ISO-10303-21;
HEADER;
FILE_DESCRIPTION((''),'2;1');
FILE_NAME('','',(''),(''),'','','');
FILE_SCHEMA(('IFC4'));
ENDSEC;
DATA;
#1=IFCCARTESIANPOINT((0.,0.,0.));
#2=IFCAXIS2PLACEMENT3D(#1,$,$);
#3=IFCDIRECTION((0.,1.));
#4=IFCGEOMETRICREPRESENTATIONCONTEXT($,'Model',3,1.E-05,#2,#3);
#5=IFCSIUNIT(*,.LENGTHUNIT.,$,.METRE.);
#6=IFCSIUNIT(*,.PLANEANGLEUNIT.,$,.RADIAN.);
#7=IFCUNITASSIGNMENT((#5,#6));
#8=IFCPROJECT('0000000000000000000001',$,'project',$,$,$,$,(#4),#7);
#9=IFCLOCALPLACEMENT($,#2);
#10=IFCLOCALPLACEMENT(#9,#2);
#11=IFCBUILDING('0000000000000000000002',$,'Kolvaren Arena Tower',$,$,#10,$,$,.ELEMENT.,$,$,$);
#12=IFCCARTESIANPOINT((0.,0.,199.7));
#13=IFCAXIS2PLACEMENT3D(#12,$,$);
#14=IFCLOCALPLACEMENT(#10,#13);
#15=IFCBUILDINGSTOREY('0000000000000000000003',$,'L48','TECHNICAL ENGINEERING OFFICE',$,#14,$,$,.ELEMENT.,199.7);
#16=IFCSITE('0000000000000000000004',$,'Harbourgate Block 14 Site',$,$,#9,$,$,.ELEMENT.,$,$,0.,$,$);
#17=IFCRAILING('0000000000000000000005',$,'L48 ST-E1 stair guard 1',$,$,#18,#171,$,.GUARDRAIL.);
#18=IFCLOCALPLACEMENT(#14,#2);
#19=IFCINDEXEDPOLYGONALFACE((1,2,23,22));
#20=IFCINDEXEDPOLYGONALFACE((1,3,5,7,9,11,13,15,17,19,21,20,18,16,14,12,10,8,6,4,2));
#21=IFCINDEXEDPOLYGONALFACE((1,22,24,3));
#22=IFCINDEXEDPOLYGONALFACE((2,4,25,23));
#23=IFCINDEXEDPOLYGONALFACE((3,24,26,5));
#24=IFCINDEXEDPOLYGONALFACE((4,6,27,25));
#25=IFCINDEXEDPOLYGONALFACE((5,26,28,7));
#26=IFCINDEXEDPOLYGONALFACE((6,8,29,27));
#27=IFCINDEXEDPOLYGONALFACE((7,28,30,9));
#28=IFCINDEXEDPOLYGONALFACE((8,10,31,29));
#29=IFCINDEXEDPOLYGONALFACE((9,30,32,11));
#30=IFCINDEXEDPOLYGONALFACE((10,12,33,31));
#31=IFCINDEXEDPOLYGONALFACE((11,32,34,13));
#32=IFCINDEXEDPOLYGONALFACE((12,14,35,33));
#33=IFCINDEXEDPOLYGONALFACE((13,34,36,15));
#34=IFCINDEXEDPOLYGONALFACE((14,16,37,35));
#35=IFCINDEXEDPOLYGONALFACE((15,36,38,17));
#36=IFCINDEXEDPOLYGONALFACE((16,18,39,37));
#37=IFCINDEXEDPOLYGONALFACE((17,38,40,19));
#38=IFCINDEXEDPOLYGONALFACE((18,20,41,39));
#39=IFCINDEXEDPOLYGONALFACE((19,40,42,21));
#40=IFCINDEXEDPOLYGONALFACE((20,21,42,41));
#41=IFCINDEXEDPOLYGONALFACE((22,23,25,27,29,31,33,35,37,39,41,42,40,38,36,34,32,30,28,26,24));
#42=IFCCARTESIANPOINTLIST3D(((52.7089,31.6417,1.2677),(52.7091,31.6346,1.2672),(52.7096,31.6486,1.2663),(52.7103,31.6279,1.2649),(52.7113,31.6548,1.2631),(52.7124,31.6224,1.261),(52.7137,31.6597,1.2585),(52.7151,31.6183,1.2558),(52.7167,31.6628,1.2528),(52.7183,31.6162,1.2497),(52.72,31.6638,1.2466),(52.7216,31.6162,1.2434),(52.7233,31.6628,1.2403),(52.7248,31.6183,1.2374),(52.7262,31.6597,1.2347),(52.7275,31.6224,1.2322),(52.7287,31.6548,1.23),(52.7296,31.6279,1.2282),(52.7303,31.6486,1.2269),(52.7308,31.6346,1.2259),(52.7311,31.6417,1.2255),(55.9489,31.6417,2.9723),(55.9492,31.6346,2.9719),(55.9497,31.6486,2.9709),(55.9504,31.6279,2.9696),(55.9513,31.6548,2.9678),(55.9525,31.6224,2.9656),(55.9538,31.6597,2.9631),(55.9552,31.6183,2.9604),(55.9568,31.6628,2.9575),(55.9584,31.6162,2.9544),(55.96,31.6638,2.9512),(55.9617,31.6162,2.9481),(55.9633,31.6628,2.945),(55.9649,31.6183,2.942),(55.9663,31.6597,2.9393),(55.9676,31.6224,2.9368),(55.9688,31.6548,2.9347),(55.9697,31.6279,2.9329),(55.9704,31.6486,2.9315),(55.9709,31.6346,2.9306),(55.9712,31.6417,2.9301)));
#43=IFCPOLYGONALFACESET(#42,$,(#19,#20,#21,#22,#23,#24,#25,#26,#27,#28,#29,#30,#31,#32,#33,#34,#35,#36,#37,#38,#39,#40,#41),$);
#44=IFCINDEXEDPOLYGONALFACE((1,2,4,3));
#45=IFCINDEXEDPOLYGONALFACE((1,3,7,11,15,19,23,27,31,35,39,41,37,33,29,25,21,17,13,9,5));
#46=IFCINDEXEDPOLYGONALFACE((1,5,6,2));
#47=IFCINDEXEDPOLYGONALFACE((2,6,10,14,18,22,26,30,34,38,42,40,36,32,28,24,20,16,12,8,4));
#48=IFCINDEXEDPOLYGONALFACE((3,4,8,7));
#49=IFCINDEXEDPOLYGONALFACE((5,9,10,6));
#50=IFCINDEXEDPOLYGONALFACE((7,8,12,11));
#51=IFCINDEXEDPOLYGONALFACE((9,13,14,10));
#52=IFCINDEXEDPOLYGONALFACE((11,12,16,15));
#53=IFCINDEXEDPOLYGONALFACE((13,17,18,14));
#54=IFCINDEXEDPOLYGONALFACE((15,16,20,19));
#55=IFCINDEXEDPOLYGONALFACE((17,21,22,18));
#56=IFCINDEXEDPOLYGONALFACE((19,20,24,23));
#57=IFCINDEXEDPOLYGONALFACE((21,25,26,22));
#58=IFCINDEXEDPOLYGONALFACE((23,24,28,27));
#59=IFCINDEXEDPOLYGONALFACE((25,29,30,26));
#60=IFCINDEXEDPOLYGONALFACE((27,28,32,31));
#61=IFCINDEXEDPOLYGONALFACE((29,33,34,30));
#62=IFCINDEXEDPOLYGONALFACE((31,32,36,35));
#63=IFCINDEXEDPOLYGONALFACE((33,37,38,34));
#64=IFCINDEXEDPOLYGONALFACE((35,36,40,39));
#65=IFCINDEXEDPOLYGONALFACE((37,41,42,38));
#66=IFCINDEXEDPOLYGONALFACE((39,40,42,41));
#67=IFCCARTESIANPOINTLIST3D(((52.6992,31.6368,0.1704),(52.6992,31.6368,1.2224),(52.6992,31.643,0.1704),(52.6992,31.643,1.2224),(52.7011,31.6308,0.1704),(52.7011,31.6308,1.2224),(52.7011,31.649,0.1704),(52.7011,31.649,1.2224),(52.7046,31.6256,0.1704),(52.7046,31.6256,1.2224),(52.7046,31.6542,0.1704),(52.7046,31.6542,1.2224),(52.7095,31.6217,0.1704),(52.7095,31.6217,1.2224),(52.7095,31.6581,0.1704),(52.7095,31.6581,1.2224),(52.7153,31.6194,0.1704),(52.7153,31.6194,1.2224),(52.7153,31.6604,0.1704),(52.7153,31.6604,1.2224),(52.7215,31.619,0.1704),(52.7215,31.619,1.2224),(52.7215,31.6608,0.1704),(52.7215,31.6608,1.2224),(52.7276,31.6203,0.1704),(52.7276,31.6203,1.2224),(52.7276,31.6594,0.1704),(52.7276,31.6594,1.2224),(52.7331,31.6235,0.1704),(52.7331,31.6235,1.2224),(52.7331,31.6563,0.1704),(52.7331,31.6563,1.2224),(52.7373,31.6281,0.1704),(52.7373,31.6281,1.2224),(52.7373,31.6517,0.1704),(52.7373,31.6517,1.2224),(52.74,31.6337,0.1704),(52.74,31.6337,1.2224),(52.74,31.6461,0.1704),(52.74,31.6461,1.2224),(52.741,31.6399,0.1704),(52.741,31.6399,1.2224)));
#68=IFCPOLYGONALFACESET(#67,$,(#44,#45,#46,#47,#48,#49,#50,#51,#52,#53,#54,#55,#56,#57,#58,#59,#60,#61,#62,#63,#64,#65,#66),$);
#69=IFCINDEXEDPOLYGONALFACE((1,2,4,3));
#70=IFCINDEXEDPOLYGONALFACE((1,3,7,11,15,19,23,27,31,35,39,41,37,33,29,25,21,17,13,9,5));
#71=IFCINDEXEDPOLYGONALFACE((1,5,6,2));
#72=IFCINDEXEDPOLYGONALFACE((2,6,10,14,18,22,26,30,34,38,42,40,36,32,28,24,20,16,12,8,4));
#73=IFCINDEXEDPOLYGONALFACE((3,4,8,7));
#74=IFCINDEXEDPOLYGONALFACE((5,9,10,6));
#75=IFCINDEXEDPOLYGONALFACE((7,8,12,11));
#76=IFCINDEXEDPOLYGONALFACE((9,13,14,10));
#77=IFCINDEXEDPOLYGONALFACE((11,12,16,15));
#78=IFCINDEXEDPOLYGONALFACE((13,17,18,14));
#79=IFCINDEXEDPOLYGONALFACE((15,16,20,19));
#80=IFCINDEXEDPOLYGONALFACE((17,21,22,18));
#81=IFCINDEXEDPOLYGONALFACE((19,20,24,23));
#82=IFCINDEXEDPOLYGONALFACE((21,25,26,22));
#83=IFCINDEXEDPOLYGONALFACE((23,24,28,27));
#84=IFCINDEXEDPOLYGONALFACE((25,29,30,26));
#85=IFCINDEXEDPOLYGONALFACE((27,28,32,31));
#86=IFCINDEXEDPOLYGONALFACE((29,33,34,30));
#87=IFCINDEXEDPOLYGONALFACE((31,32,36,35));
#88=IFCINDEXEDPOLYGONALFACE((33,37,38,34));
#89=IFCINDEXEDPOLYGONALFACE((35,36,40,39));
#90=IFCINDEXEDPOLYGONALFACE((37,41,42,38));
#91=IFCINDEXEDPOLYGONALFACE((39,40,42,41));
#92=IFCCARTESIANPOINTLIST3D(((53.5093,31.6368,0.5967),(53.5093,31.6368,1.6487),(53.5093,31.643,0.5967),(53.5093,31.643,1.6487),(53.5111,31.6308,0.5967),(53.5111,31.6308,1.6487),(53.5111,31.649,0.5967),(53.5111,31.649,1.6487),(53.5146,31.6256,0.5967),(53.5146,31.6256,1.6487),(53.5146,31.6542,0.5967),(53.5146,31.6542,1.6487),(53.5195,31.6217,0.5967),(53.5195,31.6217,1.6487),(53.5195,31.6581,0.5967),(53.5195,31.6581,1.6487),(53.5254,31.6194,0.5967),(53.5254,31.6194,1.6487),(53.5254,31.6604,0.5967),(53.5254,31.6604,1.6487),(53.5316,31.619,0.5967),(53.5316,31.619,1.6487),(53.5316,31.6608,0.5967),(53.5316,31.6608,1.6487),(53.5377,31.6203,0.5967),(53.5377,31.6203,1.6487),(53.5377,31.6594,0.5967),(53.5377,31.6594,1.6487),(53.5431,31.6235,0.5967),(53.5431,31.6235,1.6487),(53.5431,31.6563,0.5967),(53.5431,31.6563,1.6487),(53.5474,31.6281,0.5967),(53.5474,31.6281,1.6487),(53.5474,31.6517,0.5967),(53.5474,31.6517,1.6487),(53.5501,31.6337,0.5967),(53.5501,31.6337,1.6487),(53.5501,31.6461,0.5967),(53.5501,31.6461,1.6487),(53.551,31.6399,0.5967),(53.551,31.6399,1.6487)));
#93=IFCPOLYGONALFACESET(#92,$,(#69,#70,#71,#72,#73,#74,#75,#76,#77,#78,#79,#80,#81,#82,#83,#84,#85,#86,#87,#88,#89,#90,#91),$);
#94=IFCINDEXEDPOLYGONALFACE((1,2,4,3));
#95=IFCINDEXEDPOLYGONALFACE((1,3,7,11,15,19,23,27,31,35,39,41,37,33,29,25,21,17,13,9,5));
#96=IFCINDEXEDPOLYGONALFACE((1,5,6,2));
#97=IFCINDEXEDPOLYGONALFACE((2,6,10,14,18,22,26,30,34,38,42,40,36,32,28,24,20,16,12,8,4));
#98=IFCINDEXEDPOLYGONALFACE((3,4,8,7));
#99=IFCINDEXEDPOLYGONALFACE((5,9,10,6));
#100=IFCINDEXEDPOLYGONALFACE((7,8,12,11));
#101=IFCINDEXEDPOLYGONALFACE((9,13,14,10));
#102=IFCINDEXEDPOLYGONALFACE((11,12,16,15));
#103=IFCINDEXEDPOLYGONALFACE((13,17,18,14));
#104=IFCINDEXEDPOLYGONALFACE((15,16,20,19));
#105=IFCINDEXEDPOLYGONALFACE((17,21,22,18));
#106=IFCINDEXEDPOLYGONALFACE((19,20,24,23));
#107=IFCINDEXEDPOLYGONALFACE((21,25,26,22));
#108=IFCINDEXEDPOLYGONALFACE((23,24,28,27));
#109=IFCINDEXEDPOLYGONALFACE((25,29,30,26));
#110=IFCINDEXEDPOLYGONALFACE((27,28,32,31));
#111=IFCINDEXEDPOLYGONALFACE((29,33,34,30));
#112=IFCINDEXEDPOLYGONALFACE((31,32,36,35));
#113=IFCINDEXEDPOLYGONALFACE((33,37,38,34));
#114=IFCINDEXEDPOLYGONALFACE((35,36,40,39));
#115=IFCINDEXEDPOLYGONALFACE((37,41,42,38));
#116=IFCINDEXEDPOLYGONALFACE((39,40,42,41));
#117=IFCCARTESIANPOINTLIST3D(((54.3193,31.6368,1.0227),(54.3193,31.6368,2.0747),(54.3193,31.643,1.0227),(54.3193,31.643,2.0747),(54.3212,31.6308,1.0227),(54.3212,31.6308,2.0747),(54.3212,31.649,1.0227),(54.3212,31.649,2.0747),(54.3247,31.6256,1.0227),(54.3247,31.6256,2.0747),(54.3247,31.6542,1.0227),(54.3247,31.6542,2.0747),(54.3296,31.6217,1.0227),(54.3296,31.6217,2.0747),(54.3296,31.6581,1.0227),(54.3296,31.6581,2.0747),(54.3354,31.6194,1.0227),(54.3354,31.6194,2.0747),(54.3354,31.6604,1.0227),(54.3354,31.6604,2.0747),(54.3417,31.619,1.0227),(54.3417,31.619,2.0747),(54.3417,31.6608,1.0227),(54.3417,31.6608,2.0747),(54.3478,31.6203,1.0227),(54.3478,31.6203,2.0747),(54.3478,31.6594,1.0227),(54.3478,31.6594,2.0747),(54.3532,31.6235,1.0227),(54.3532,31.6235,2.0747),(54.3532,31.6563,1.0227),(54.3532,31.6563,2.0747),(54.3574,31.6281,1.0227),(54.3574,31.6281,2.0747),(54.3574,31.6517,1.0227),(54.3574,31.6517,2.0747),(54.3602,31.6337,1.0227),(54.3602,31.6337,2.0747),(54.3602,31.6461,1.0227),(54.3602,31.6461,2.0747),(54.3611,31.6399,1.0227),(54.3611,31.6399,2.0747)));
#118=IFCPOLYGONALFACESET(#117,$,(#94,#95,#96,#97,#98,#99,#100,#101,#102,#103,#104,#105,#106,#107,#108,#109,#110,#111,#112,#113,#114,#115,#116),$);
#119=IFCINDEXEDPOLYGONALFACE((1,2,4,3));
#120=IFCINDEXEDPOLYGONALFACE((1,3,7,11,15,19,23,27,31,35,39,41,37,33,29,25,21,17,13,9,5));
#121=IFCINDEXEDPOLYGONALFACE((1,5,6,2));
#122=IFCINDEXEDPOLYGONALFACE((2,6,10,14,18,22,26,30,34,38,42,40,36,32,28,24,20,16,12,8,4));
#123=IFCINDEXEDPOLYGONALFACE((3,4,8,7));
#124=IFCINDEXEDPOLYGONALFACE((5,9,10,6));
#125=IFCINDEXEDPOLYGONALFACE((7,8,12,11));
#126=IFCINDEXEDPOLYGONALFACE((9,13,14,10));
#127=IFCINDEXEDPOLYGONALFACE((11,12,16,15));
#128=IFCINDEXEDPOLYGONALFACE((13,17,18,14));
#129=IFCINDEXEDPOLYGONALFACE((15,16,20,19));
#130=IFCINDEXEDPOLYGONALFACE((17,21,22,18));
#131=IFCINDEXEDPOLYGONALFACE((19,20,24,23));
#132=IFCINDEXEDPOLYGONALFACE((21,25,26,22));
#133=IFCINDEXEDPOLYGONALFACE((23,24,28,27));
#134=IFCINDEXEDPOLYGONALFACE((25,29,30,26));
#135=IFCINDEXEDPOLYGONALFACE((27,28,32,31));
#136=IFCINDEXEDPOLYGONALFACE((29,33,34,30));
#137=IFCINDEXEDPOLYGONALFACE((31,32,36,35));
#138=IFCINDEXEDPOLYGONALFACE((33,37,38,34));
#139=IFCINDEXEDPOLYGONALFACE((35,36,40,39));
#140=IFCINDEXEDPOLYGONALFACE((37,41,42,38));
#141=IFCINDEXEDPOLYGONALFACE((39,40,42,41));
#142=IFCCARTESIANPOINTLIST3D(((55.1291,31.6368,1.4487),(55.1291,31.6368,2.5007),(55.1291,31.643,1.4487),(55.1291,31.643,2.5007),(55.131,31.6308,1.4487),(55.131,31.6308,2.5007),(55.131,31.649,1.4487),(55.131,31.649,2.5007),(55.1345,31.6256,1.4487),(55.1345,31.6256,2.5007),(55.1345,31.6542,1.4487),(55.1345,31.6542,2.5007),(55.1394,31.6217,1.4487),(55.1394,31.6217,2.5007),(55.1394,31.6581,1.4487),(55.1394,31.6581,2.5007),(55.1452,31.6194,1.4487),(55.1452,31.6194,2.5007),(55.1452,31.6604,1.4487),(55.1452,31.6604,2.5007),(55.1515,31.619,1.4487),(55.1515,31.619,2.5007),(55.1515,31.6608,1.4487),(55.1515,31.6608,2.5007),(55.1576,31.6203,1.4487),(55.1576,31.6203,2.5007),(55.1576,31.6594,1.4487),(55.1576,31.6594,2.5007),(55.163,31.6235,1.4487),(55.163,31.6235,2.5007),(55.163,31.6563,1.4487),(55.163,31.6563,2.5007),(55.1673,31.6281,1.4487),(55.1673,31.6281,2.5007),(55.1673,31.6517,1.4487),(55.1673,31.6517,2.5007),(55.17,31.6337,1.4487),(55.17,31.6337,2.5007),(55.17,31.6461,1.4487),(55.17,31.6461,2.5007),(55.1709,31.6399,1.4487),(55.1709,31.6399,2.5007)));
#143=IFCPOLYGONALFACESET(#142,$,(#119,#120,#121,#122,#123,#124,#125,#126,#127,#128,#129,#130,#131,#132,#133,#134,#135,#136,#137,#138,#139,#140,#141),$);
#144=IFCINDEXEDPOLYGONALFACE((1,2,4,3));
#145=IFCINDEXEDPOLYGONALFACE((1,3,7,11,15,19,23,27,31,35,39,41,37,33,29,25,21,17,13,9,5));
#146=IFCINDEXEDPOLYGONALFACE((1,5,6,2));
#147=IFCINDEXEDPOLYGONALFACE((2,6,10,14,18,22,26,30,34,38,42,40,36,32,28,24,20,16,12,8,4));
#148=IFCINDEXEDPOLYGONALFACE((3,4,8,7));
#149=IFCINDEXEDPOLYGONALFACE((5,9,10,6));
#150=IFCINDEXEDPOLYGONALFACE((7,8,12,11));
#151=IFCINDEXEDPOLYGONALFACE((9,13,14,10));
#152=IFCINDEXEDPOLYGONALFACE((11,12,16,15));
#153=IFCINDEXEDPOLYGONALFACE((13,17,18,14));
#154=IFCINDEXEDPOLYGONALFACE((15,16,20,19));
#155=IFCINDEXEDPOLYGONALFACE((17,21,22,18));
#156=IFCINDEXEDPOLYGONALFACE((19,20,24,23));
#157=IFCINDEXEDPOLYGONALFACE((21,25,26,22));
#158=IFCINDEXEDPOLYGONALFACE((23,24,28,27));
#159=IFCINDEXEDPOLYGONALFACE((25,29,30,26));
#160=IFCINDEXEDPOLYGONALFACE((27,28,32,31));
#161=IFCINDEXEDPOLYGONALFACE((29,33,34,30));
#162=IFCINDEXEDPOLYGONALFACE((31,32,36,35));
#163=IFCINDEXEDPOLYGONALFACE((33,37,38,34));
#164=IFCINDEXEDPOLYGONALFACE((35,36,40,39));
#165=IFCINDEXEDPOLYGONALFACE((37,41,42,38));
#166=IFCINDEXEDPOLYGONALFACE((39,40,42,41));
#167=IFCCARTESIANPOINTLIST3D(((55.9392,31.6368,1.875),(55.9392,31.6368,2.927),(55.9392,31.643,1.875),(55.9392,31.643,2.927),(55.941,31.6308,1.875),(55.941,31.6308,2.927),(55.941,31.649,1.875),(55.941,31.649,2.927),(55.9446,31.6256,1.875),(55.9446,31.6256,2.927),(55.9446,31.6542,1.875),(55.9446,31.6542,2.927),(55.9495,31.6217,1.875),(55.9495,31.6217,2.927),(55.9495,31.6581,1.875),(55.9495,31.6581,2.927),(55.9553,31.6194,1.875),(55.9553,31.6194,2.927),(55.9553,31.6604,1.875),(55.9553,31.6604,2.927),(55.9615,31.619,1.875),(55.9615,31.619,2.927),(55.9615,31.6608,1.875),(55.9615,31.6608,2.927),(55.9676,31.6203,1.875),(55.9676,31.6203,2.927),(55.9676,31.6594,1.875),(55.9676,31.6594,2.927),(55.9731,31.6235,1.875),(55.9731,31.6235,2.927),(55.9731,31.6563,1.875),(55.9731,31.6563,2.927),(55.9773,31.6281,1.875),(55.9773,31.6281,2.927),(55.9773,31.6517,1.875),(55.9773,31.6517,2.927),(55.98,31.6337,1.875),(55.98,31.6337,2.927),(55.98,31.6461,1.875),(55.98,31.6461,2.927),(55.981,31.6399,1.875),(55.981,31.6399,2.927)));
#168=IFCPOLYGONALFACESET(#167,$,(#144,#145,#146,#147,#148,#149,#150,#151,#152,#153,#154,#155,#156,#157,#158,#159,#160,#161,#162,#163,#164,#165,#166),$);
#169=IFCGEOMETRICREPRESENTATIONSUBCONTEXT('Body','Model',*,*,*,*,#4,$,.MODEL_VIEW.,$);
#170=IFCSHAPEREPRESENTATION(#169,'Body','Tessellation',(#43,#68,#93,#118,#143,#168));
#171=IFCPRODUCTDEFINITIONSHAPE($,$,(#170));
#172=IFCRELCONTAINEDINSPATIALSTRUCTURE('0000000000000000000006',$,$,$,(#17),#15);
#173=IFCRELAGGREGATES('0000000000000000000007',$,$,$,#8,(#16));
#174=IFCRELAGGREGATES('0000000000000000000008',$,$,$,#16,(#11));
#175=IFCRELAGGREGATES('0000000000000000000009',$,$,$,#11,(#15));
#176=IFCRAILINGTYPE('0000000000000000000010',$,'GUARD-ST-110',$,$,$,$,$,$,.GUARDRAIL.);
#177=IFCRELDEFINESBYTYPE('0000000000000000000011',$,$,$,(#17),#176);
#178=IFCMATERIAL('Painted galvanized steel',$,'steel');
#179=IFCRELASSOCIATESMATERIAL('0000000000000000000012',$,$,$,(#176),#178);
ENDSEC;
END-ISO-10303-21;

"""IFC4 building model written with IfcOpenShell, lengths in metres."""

from ifc_helpers import new_model, si_unit, direction, frame, origin, origin_2d, place, context, subcontext, project, spatial, circle, extrude, material, type_object, element, save


model = new_model("IFC4")

# Units and contexts
model_context = context("Model", 3, precision=1e-05, world=origin(), true_north=direction((0.0, 1.0)))
body_context = subcontext(model_context, "Body", "Model", "MODEL_VIEW")
ifc_project = project(units=[si_unit("LENGTHUNIT", "METRE"), si_unit("PLANEANGLEUNIT", "RADIAN")], contexts=[model_context])

# Site, building, storey
site_placement = place(None, origin())
site = spatial("IfcSite", under=ifc_project, at=site_placement, Name="Harbourgate Block 14 Site", CompositionType="ELEMENT", RefElevation=0.0)
building_placement = place(site_placement, origin())
building = spatial("IfcBuilding", under=site, at=building_placement, Name="Kolvaren Arena Tower", CompositionType="ELEMENT")
storey_placement = place(building_placement, frame((0.0, 0.0, 199.7)))
storey = spatial("IfcBuildingStorey", under=building, at=storey_placement, Name="L48", Description="TECHNICAL ENGINEERING OFFICE", CompositionType="ELEMENT", Elevation=199.7)

# Railing
ifc_material_1 = material(Name="Painted galvanized steel", Category="steel")
railing_type_1 = type_object("IfcRailingType", Name="GUARD-ST-110", PredefinedType="GUARDRAIL", material=ifc_material_1)
railing_1_placement = place(storey_placement, frame((52.72, 31.6399, 0.1704)))
element("IfcRailing", 1, at=railing_1_placement, inside=storey, type_object=railing_type_1, Name="L48 ST-E1 stair guard 1", PredefinedType="GUARDRAIL", context=body_context, shape_type="SweptSolid", body=[
    extrude(circle(Radius=0.0239, at=origin_2d()), frame((0.0, 0.0, 1.0762), z_axis=(0.884993, 0.0, 0.465604), x_axis=(0.0, 1.0, 0.0)), (0.0, 0.0, 1.0), 3.6611),
    extrude(circle(Radius=0.021, at=origin_2d()), origin(), (0.0, 0.0, 1.0), 1.052),
    extrude(circle(Radius=0.021, at=origin_2d()), frame((0.8101, 0.0, 0.4263)), (0.0, 0.0, 1.0), 1.052),
    extrude(circle(Radius=0.021, at=origin_2d()), frame((1.6201, 0.0, 0.8523)), (0.0, 0.0, 1.0), 1.052),
    extrude(circle(Radius=0.021, at=origin_2d()), frame((2.4299, 0.0, 1.2783)), (0.0, 0.0, 1.0), 1.052),
    extrude(circle(Radius=0.021, at=origin_2d()), frame((3.24, 0.0, 1.7046)), (0.0, 0.0, 1.0), 1.052),
])

save(model, "model.ifc")
